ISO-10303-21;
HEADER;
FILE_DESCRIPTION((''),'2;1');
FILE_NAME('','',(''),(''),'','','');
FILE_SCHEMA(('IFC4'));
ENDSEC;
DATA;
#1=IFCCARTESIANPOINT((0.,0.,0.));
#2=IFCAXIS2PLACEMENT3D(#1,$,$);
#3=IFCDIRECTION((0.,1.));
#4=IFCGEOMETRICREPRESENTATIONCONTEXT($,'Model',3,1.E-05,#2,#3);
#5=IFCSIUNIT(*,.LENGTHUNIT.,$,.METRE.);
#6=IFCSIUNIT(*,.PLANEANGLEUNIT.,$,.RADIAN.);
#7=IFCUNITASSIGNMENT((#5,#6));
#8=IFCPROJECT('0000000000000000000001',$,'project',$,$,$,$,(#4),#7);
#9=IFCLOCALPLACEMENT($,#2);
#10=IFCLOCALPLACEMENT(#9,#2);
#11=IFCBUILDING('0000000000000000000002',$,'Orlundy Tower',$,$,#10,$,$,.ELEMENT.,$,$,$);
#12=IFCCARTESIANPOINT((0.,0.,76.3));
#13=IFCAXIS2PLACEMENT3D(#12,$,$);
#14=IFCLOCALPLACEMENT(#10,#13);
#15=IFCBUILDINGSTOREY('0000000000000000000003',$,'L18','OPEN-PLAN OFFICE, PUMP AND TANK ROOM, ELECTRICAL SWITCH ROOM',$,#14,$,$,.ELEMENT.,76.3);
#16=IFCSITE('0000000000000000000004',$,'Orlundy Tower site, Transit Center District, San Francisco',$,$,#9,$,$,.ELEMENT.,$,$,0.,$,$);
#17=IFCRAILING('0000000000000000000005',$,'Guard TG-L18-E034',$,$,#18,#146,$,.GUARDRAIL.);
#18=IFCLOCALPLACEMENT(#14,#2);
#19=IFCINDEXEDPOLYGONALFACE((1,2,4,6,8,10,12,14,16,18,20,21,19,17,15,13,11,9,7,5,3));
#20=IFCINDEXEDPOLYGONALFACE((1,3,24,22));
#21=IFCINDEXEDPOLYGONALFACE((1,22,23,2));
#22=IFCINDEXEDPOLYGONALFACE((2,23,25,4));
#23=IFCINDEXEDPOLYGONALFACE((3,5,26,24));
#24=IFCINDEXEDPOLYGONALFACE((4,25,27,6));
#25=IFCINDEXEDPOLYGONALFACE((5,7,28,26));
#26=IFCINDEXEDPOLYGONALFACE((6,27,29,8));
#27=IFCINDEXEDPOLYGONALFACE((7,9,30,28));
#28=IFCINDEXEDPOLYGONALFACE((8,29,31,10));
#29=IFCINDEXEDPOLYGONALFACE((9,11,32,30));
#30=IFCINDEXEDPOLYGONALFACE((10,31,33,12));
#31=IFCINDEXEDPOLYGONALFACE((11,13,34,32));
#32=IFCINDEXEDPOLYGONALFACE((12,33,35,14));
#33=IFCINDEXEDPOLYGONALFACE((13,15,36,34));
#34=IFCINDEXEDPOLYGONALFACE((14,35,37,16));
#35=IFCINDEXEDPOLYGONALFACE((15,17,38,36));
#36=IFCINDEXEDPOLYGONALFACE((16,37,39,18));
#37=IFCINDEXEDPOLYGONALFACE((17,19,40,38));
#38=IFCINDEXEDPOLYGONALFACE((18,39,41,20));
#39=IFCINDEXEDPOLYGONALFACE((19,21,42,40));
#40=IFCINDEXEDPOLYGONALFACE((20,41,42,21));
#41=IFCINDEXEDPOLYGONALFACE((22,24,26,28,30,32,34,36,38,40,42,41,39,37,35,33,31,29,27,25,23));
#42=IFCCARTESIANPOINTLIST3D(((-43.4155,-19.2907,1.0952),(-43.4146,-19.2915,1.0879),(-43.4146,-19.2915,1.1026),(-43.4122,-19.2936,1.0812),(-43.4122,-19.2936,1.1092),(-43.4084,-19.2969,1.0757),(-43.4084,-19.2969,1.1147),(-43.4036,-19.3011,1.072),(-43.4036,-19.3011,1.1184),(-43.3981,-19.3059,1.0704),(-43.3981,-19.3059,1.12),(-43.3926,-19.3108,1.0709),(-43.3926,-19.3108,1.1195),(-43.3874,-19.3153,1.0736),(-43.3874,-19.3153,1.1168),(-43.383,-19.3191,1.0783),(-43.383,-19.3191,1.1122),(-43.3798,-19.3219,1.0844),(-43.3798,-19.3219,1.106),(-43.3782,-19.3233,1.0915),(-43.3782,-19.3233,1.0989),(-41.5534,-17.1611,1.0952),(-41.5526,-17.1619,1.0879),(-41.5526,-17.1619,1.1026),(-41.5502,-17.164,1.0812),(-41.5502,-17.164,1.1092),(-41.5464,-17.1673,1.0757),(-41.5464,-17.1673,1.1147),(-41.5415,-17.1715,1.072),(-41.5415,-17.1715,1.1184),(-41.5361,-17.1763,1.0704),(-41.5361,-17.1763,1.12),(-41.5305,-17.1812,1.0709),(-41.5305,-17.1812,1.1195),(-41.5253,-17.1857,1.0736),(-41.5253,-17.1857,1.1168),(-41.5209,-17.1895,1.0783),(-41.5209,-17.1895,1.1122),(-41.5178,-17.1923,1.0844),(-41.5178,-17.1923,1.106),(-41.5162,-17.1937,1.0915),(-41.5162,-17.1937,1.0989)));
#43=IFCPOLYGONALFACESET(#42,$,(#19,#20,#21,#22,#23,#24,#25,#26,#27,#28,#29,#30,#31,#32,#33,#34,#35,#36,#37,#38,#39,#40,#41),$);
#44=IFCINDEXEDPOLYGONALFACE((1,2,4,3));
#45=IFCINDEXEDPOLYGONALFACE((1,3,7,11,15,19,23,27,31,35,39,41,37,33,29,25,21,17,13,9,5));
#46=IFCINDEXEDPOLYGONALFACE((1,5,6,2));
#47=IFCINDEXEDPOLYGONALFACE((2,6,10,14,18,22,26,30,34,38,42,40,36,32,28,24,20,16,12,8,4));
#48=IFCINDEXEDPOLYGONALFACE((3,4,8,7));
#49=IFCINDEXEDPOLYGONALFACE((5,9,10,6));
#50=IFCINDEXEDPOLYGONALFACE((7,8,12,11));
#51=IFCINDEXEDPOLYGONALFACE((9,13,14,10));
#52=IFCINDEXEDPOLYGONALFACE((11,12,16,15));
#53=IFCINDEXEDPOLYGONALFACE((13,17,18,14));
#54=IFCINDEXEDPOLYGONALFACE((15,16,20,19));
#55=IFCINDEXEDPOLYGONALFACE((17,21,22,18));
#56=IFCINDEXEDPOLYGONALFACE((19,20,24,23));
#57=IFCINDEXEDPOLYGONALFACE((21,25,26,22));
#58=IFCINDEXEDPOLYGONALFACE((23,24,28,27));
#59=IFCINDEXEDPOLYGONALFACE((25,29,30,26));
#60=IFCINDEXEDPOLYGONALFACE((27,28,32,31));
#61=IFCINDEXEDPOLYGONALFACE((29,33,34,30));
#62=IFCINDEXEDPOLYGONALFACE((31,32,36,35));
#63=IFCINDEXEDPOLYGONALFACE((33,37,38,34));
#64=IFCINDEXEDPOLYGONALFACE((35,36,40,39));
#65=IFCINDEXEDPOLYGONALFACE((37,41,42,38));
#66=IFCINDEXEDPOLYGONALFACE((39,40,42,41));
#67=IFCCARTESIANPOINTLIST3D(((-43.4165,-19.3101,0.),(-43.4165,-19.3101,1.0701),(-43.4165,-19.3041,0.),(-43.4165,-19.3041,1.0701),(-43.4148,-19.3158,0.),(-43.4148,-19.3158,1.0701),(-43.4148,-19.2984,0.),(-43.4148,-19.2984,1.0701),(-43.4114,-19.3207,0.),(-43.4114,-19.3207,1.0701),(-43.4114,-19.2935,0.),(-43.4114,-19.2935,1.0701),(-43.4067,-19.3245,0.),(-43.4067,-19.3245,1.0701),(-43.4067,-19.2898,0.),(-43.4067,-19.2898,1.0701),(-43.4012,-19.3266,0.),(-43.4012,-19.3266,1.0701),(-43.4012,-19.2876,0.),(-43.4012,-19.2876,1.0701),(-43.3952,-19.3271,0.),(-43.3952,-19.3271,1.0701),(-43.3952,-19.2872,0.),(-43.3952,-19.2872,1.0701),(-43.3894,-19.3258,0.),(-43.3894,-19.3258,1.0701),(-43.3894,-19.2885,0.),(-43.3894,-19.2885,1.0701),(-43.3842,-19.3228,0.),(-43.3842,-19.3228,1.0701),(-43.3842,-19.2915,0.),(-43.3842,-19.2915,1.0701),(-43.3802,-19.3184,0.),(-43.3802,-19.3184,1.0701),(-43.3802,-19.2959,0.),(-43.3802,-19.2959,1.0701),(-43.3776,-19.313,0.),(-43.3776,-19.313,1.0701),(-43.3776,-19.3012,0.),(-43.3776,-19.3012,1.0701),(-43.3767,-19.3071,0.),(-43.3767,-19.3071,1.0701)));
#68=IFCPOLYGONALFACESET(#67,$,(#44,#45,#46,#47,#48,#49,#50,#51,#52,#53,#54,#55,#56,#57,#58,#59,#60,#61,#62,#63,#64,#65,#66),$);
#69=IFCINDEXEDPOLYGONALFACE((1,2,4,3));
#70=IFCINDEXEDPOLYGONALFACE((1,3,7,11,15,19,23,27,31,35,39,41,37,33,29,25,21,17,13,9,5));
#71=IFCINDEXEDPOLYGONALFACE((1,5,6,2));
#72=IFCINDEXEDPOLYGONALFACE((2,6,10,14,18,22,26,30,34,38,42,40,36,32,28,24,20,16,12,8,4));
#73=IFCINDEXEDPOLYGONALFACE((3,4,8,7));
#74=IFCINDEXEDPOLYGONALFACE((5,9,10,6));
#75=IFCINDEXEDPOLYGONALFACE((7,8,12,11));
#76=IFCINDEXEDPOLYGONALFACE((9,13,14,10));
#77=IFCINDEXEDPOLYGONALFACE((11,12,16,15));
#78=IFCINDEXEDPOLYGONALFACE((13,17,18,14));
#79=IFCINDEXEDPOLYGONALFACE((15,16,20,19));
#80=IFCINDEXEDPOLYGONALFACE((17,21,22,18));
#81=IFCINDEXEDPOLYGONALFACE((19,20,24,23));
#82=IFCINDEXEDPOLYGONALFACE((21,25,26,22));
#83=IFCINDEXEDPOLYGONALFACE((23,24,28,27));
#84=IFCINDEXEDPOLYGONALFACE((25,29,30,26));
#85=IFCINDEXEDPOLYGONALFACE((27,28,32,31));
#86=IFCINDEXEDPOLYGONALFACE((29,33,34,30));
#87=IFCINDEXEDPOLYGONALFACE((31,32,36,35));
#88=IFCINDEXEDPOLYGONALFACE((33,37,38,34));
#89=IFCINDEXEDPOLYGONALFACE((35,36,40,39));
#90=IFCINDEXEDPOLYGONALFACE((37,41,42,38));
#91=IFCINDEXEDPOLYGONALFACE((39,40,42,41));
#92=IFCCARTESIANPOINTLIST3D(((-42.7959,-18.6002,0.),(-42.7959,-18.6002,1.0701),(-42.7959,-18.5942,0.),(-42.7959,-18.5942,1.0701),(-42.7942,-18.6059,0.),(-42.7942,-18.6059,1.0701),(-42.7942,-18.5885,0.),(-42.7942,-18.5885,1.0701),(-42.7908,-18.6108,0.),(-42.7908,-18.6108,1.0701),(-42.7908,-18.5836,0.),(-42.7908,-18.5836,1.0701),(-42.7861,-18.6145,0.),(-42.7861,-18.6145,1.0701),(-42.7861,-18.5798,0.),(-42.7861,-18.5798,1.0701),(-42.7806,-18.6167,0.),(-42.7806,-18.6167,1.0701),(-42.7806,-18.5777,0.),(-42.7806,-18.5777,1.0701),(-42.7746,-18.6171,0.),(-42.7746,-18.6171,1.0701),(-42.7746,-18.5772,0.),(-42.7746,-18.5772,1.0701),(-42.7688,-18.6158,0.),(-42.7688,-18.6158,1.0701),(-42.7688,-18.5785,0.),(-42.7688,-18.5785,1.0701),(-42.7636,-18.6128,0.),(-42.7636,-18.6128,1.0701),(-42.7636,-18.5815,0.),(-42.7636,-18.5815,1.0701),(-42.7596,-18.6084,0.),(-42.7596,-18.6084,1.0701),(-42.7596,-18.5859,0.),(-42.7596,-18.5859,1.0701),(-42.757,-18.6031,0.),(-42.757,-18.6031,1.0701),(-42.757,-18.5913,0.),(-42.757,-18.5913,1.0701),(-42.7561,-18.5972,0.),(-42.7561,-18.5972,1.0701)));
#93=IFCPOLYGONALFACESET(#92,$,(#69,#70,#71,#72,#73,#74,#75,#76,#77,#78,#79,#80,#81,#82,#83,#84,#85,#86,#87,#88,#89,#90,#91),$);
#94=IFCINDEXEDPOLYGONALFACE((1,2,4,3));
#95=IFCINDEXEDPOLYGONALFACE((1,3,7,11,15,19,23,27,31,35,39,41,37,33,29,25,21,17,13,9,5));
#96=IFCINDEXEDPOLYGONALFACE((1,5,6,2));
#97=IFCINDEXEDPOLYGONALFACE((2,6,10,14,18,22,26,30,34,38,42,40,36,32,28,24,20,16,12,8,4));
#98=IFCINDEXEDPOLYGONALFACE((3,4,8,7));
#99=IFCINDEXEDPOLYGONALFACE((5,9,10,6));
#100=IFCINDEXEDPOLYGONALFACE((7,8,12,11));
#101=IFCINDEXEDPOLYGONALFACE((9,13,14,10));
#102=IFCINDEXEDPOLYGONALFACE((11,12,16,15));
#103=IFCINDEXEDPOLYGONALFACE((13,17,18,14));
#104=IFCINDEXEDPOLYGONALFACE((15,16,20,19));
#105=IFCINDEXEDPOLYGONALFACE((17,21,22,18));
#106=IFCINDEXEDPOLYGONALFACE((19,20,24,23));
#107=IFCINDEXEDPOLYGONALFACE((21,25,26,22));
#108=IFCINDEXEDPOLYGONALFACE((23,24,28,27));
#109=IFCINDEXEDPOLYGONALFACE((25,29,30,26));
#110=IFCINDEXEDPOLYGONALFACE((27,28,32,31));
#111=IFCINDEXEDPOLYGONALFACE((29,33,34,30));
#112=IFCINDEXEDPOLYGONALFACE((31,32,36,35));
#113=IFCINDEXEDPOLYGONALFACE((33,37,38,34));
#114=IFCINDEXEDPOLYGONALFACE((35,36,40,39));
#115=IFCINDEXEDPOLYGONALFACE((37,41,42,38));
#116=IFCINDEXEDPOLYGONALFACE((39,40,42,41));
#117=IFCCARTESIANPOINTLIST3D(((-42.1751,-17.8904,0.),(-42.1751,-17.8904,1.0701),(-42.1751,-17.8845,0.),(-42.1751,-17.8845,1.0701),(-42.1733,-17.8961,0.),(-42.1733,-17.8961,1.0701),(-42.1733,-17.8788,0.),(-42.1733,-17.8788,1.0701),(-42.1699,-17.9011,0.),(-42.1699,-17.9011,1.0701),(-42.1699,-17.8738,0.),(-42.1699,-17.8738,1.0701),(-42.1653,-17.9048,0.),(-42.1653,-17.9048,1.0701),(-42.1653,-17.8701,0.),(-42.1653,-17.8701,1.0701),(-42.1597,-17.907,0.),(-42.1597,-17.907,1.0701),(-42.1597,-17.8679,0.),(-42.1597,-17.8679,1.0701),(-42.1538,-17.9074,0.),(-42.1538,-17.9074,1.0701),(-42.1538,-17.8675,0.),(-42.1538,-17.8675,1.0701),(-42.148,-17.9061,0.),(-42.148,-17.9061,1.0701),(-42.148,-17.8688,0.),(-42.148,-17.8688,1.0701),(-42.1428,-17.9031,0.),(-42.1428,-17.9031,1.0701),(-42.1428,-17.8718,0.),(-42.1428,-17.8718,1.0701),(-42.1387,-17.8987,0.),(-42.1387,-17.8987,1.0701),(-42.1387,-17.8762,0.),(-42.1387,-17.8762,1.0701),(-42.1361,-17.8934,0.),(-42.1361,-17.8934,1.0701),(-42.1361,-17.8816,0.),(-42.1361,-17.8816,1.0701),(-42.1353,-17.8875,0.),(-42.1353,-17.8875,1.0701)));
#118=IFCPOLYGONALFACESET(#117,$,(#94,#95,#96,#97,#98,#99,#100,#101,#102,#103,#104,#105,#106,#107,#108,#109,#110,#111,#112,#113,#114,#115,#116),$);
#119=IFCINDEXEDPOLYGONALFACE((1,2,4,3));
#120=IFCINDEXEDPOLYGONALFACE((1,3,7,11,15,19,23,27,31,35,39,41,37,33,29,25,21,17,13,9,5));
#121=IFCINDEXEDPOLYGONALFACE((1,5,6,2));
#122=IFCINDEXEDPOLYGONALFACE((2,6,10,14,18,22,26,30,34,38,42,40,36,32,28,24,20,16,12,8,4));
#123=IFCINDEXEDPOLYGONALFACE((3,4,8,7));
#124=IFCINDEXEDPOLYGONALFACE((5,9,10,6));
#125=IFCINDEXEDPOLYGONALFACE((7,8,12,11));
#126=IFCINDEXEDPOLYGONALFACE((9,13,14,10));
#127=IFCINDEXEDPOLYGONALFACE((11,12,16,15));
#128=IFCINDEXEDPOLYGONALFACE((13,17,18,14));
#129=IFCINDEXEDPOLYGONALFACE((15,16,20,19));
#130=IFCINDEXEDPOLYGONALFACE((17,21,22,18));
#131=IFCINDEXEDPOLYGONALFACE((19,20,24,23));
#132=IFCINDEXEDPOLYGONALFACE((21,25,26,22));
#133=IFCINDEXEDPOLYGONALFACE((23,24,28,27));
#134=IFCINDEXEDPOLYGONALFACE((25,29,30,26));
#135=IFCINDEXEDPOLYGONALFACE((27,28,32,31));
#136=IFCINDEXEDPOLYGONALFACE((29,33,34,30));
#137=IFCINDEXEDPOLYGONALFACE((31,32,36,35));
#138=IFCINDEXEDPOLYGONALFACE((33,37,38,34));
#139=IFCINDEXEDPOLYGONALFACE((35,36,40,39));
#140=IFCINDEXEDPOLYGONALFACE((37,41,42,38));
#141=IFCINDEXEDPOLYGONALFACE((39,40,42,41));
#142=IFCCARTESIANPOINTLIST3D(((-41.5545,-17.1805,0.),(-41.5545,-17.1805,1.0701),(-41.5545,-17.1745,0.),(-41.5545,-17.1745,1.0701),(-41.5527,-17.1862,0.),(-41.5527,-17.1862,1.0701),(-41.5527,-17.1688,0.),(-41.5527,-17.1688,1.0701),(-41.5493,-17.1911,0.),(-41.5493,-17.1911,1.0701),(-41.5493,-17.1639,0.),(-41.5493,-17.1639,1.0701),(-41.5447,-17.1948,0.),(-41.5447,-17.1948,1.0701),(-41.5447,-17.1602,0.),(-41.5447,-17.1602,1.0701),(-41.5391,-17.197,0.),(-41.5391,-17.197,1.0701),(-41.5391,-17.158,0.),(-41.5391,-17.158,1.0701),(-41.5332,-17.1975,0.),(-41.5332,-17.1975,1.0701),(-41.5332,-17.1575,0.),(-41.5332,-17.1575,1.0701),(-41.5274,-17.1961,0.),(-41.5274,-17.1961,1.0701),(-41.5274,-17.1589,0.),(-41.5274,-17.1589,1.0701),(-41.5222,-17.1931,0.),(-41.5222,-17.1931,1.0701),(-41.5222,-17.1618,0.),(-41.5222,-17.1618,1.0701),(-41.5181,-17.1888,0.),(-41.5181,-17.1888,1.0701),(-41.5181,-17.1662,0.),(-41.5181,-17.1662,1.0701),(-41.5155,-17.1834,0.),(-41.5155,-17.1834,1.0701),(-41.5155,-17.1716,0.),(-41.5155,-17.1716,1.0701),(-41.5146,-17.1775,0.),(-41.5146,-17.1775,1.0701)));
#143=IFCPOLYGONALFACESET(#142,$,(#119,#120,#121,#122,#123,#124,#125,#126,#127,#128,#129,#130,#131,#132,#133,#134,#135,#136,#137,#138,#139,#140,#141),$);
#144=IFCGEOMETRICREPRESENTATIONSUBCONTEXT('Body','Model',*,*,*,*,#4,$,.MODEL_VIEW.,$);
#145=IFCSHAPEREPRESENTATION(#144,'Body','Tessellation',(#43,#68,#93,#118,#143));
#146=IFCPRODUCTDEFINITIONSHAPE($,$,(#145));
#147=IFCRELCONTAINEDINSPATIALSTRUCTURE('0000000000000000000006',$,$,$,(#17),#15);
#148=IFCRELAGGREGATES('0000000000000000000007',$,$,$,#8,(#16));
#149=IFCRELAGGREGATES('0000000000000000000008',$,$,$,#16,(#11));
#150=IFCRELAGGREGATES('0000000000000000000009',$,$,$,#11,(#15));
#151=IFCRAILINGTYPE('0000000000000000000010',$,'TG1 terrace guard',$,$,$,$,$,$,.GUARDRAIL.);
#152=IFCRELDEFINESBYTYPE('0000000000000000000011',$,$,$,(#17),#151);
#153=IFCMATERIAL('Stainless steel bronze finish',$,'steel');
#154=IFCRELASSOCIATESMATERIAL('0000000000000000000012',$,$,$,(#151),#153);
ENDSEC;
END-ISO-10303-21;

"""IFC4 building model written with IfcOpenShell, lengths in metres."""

from ifc_helpers import new_model, si_unit, direction, frame, origin, origin_2d, place, context, subcontext, project, spatial, circle, extrude, material, type_object, element, save


model = new_model("IFC4")

# Units and contexts
model_context = context("Model", 3, precision=1e-05, world=origin(), true_north=direction((0.0, 1.0)))
body_context = subcontext(model_context, "Body", "Model", "MODEL_VIEW")
ifc_project = project(units=[si_unit("LENGTHUNIT", "METRE"), si_unit("PLANEANGLEUNIT", "RADIAN")], contexts=[model_context])

# Site, building, storey
site_placement = place(None, origin())
site = spatial("IfcSite", under=ifc_project, at=site_placement, Name="Orlundy Tower site, Transit Center District, San Francisco", CompositionType="ELEMENT", RefElevation=0.0)
building_placement = place(site_placement, origin())
building = spatial("IfcBuilding", under=site, at=building_placement, Name="Orlundy Tower", CompositionType="ELEMENT")
storey_placement = place(building_placement, frame((0.0, 0.0, 76.3)))
storey = spatial("IfcBuildingStorey", under=building, at=storey_placement, Name="L18", Description="OPEN-PLAN OFFICE, PUMP AND TANK ROOM, ELECTRICAL SWITCH ROOM", CompositionType="ELEMENT", Elevation=76.3)

# Railing
ifc_material_1 = material(Name="Stainless steel bronze finish", Category="steel")
railing_type = type_object("IfcRailingType", Name="TG1 terrace guard", PredefinedType="GUARDRAIL", material=ifc_material_1)
railing_1_placement = place(storey_placement, frame((-43.3967, -19.3071, 0.0)))
element("IfcRailing", 1, at=railing_1_placement, inside=storey, type_object=railing_type, Name="Guard TG-L18-E034", PredefinedType="GUARDRAIL", context=body_context, shape_type="SweptSolid", body=[
    extrude(circle(Radius=0.0249, at=origin_2d()), frame((0.0, 0.0, 1.0952), z_axis=(0.65823, 0.752817, 0.0), x_axis=(-0.752817, 0.65823, 0.0)), (0.0, 0.0, 1.0), 2.8289),
    extrude(circle(Radius=0.02, at=origin_2d()), origin(), (0.0, 0.0, 1.0), 1.0701),
    extrude(circle(Radius=0.02, at=origin_2d()), frame((0.6206, 0.71, 0.0)), (0.0, 0.0, 1.0), 1.0701),
    extrude(circle(Radius=0.02, at=origin_2d()), frame((1.2415, 1.4197, 0.0)), (0.0, 0.0, 1.0), 1.0701),
    extrude(circle(Radius=0.02, at=origin_2d()), frame((1.8621, 2.1296, 0.0)), (0.0, 0.0, 1.0), 1.0701),
])

save(model, "model.ifc")
